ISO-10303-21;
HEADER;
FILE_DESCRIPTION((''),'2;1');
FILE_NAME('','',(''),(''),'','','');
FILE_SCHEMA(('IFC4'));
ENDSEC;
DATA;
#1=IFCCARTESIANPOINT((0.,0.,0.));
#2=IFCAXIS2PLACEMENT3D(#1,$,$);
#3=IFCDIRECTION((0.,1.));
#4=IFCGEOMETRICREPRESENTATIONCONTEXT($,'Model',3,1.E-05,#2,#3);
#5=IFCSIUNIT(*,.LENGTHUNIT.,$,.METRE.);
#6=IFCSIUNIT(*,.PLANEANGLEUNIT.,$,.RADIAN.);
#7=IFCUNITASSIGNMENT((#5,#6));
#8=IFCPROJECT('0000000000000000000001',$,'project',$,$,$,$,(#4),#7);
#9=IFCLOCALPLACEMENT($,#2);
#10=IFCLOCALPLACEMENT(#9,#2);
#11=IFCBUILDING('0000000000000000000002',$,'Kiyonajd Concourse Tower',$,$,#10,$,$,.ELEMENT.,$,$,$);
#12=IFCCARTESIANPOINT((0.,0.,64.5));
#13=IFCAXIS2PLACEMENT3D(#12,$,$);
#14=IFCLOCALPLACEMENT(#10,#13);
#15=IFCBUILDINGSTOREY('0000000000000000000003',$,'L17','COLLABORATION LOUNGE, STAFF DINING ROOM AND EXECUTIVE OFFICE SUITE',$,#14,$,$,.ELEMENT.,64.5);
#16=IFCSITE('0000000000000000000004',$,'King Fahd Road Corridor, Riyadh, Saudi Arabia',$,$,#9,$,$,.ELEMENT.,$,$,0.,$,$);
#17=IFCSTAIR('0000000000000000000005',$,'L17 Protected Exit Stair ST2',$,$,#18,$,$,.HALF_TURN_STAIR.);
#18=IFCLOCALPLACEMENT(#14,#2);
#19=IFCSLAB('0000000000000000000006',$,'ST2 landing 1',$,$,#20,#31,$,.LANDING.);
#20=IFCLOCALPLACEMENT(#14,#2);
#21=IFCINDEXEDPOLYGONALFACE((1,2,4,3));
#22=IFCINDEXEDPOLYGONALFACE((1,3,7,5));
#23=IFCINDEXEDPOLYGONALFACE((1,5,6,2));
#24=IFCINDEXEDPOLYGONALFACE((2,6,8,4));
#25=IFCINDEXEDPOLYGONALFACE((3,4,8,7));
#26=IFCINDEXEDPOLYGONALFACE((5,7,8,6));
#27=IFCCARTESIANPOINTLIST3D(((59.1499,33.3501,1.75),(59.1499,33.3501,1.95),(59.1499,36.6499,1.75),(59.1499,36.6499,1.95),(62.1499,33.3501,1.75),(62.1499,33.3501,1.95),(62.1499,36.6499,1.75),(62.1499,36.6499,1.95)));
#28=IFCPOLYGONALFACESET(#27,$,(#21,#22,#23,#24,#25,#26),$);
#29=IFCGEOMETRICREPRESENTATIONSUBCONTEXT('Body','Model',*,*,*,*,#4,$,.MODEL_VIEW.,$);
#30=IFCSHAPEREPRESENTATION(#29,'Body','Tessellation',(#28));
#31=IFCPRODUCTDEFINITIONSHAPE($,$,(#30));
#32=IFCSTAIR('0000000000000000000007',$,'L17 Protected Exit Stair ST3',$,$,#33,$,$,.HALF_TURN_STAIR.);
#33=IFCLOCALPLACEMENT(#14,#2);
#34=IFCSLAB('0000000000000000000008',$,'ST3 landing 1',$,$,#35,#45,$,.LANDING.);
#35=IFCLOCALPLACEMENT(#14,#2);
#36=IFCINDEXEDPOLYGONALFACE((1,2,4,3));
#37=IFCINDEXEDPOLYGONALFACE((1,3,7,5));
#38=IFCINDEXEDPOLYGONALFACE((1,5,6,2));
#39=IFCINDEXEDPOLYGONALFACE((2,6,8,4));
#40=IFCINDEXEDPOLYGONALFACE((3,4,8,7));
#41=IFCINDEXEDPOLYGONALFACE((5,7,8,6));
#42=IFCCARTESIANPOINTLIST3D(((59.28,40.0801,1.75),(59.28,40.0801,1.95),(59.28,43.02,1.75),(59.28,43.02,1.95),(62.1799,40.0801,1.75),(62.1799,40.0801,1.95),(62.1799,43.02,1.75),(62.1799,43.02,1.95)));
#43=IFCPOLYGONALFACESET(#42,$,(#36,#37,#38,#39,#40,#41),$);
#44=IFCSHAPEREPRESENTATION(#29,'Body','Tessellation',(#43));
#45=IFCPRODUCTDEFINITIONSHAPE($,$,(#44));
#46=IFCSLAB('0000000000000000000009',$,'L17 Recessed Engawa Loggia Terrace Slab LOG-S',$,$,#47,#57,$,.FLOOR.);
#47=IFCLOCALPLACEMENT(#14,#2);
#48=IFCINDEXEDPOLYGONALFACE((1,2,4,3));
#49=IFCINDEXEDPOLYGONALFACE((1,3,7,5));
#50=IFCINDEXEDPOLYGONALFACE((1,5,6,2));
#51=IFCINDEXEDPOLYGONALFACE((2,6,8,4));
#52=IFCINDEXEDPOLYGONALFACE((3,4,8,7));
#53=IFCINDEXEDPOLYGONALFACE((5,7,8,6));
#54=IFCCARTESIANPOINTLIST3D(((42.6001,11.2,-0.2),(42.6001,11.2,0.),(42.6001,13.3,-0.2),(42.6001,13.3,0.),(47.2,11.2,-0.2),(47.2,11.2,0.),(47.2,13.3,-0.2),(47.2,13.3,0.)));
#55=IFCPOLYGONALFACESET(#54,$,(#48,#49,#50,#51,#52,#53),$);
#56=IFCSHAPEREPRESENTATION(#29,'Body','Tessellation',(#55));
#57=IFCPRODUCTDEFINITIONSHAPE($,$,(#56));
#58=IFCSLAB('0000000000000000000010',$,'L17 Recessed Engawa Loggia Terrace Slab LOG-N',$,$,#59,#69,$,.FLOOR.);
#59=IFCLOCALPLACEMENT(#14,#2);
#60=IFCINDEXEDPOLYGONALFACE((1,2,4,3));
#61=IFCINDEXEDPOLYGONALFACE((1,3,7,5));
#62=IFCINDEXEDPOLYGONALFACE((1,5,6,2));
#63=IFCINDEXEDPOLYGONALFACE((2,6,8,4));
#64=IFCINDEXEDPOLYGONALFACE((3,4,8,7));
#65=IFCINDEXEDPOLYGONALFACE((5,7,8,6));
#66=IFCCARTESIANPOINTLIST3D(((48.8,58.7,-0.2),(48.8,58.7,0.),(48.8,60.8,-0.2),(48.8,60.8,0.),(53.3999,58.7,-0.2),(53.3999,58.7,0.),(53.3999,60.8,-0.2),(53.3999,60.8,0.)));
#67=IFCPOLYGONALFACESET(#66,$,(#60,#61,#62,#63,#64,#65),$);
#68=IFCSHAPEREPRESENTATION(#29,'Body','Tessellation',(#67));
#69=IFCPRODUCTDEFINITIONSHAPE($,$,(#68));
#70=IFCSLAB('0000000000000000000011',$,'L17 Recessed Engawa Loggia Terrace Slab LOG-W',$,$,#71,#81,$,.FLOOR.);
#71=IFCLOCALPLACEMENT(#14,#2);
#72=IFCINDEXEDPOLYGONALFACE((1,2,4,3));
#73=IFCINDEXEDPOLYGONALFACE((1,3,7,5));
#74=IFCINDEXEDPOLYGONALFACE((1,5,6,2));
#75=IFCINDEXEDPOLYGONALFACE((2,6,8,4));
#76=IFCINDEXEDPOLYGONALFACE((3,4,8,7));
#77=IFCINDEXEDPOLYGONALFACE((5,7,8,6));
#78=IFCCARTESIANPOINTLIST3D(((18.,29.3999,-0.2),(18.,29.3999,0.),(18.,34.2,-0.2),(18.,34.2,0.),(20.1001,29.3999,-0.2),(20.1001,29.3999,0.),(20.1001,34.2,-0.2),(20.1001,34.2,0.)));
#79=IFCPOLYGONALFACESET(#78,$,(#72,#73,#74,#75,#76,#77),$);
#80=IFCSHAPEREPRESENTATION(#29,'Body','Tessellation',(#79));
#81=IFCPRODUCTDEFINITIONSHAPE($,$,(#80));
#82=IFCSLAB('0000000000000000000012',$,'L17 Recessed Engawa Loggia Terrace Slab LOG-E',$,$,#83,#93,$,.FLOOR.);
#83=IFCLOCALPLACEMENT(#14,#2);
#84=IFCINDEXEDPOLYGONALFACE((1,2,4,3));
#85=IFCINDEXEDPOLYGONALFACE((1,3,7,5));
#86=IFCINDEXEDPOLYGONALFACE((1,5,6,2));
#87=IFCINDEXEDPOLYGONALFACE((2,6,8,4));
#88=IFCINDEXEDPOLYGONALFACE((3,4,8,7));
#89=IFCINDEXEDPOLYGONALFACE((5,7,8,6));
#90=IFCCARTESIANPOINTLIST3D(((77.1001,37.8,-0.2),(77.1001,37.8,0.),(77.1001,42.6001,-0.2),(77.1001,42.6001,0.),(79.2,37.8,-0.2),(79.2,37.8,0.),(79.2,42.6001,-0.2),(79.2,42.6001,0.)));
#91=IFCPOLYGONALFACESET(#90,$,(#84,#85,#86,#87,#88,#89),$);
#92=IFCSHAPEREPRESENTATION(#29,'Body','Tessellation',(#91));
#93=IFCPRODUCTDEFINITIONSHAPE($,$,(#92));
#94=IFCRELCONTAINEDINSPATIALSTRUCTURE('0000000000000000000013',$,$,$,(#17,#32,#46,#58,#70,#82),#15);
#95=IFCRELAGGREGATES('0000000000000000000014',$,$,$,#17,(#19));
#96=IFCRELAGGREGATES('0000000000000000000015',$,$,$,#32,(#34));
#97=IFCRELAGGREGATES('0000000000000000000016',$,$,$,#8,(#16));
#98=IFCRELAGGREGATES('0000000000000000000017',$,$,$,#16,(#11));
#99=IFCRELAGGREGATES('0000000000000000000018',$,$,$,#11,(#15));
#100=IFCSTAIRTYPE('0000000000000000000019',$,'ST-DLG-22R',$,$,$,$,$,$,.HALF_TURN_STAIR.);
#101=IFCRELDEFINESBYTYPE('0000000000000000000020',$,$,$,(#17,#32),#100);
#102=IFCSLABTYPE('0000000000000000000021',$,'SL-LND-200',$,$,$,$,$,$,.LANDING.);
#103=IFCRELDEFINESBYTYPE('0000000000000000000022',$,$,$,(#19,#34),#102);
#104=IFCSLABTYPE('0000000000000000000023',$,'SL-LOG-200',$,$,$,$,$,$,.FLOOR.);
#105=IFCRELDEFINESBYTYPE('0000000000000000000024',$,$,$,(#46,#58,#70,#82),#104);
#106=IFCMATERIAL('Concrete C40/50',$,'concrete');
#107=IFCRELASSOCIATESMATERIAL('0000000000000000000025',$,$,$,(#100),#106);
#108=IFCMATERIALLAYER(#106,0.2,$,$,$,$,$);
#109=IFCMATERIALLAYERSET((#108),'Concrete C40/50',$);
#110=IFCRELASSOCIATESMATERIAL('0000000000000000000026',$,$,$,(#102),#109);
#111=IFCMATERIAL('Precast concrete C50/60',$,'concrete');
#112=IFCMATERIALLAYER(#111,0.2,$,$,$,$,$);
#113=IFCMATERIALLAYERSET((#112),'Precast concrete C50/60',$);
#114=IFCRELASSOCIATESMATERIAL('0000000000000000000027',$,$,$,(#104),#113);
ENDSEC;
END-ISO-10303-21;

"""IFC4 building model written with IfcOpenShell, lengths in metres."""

from ifc_helpers import new_model, si_unit, direction, frame, origin, place, context, subcontext, project, spatial, polyline, outline, extrude, material, layer, layer_set, type_object, element, aggregate, save


model = new_model("IFC4")

# Units and contexts
model_context = context("Model", 3, precision=1e-05, world=origin(), true_north=direction((0.0, 1.0)))
body_context = subcontext(model_context, "Body", "Model", "MODEL_VIEW")
ifc_project = project(units=[si_unit("LENGTHUNIT", "METRE"), si_unit("PLANEANGLEUNIT", "RADIAN")], contexts=[model_context])

# Site, building, storey
site_placement = place(None, origin())
site = spatial("IfcSite", under=ifc_project, at=site_placement, Name="King Fahd Road Corridor, Riyadh, Saudi Arabia", CompositionType="ELEMENT", RefElevation=0.0)
building_placement = place(site_placement, origin())
building = spatial("IfcBuilding", under=site, at=building_placement, Name="Kiyonajd Concourse Tower", CompositionType="ELEMENT")
storey_placement = place(building_placement, frame((0.0, 0.0, 64.5)))
storey = spatial("IfcBuildingStorey", under=building, at=storey_placement, Name="L17", Description="COLLABORATION LOUNGE, STAFF DINING ROOM AND EXECUTIVE OFFICE SUITE", CompositionType="ELEMENT", Elevation=64.5)

# Shared definitions
ifc_material_1 = material(Name="Precast concrete C50/60", Category="concrete")

# Stairs, slabs
ifc_material_2 = material(Name="Concrete C40/50", Category="concrete")
stair_type = type_object("IfcStairType", Name="ST-DLG-22R", PredefinedType="HALF_TURN_STAIR", material=ifc_material_2)
ifc_layer_1 = layer(ifc_material_2, 0.2)
ifc_layer_set_1 = layer_set([ifc_layer_1], Name="Concrete C40/50")
slab_type_1 = type_object("IfcSlabType", Name="SL-LND-200", PredefinedType="LANDING", material=ifc_layer_set_1)
stair_1_placement = place(storey_placement, origin())
stair_1 = element("IfcStair", 1, at=stair_1_placement, inside=storey, type_object=stair_type, Name="L17 Protected Exit Stair ST2", PredefinedType="HALF_TURN_STAIR")
slab_1_placement = place(storey_placement, frame((0.0, 0.0, 1.75)))
slab_1 = element("IfcSlab", 2, at=slab_1_placement, type_object=slab_type_1, Name="ST2 landing 1", PredefinedType="LANDING", context=body_context, shape_type="SweptSolid", body=[
    extrude(outline(polyline([(62.1499, 33.3501), (62.1499, 36.6499), (59.1499, 36.6499), (59.1499, 33.3501), (62.1499, 33.3501)])), origin(), (0.0, 0.0, 1.0), 0.2),
])
aggregate(stair_1, [slab_1])
stair_2_placement = place(storey_placement, origin())
stair_2 = element("IfcStair", 3, at=stair_2_placement, inside=storey, type_object=stair_type, Name="L17 Protected Exit Stair ST3", PredefinedType="HALF_TURN_STAIR")
slab_2_placement = place(storey_placement, frame((0.0, 0.0, 1.75)))
slab_2 = element("IfcSlab", 4, at=slab_2_placement, type_object=slab_type_1, Name="ST3 landing 1", PredefinedType="LANDING", context=body_context, shape_type="SweptSolid", body=[
    extrude(outline(polyline([(59.28, 40.0801), (62.1799, 40.0801), (62.1799, 43.02), (59.28, 43.02), (59.28, 40.0801)])), origin(), (0.0, 0.0, 1.0), 0.2),
])
aggregate(stair_2, [slab_2])

# Slabs
ifc_layer_2 = layer(ifc_material_1, 0.2)
ifc_layer_set_2 = layer_set([ifc_layer_2], Name="Precast concrete C50/60")
slab_type_2 = type_object("IfcSlabType", Name="SL-LOG-200", PredefinedType="FLOOR", material=ifc_layer_set_2)
slab_3_placement = place(storey_placement, frame((0.0, 0.0, -0.2)))
element("IfcSlab", 5, at=slab_3_placement, inside=storey, type_object=slab_type_2, Name="L17 Recessed Engawa Loggia Terrace Slab LOG-S", PredefinedType="FLOOR", context=body_context, shape_type="SweptSolid", body=[
    extrude(outline(polyline([(42.6001, 11.2), (47.2, 11.2), (47.2, 13.3), (42.6001, 13.3), (42.6001, 11.2)])), origin(), (0.0, 0.0, 1.0), 0.2),
])
slab_4_placement = place(storey_placement, frame((0.0, 0.0, -0.2)))
element("IfcSlab", 6, at=slab_4_placement, inside=storey, type_object=slab_type_2, Name="L17 Recessed Engawa Loggia Terrace Slab LOG-N", PredefinedType="FLOOR", context=body_context, shape_type="SweptSolid", body=[
    extrude(outline(polyline([(48.8, 58.7), (53.3999, 58.7), (53.3999, 60.8), (48.8, 60.8), (48.8, 58.7)])), origin(), (0.0, 0.0, 1.0), 0.2),
])
slab_5_placement = place(storey_placement, frame((0.0, 0.0, -0.2)))
element("IfcSlab", 7, at=slab_5_placement, inside=storey, type_object=slab_type_2, Name="L17 Recessed Engawa Loggia Terrace Slab LOG-W", PredefinedType="FLOOR", context=body_context, shape_type="SweptSolid", body=[
    extrude(outline(polyline([(18.0, 29.3999), (20.1001, 29.3999), (20.1001, 34.2), (18.0, 34.2), (18.0, 29.3999)])), origin(), (0.0, 0.0, 1.0), 0.2),
])
slab_6_placement = place(storey_placement, frame((0.0, 0.0, -0.2)))
element("IfcSlab", 8, at=slab_6_placement, inside=storey, type_object=slab_type_2, Name="L17 Recessed Engawa Loggia Terrace Slab LOG-E", PredefinedType="FLOOR", context=body_context, shape_type="SweptSolid", body=[
    extrude(outline(polyline([(77.1001, 37.8), (79.2, 37.8), (79.2, 42.6001), (77.1001, 42.6001), (77.1001, 37.8)])), origin(), (0.0, 0.0, 1.0), 0.2),
])

save(model, "model.ifc")
